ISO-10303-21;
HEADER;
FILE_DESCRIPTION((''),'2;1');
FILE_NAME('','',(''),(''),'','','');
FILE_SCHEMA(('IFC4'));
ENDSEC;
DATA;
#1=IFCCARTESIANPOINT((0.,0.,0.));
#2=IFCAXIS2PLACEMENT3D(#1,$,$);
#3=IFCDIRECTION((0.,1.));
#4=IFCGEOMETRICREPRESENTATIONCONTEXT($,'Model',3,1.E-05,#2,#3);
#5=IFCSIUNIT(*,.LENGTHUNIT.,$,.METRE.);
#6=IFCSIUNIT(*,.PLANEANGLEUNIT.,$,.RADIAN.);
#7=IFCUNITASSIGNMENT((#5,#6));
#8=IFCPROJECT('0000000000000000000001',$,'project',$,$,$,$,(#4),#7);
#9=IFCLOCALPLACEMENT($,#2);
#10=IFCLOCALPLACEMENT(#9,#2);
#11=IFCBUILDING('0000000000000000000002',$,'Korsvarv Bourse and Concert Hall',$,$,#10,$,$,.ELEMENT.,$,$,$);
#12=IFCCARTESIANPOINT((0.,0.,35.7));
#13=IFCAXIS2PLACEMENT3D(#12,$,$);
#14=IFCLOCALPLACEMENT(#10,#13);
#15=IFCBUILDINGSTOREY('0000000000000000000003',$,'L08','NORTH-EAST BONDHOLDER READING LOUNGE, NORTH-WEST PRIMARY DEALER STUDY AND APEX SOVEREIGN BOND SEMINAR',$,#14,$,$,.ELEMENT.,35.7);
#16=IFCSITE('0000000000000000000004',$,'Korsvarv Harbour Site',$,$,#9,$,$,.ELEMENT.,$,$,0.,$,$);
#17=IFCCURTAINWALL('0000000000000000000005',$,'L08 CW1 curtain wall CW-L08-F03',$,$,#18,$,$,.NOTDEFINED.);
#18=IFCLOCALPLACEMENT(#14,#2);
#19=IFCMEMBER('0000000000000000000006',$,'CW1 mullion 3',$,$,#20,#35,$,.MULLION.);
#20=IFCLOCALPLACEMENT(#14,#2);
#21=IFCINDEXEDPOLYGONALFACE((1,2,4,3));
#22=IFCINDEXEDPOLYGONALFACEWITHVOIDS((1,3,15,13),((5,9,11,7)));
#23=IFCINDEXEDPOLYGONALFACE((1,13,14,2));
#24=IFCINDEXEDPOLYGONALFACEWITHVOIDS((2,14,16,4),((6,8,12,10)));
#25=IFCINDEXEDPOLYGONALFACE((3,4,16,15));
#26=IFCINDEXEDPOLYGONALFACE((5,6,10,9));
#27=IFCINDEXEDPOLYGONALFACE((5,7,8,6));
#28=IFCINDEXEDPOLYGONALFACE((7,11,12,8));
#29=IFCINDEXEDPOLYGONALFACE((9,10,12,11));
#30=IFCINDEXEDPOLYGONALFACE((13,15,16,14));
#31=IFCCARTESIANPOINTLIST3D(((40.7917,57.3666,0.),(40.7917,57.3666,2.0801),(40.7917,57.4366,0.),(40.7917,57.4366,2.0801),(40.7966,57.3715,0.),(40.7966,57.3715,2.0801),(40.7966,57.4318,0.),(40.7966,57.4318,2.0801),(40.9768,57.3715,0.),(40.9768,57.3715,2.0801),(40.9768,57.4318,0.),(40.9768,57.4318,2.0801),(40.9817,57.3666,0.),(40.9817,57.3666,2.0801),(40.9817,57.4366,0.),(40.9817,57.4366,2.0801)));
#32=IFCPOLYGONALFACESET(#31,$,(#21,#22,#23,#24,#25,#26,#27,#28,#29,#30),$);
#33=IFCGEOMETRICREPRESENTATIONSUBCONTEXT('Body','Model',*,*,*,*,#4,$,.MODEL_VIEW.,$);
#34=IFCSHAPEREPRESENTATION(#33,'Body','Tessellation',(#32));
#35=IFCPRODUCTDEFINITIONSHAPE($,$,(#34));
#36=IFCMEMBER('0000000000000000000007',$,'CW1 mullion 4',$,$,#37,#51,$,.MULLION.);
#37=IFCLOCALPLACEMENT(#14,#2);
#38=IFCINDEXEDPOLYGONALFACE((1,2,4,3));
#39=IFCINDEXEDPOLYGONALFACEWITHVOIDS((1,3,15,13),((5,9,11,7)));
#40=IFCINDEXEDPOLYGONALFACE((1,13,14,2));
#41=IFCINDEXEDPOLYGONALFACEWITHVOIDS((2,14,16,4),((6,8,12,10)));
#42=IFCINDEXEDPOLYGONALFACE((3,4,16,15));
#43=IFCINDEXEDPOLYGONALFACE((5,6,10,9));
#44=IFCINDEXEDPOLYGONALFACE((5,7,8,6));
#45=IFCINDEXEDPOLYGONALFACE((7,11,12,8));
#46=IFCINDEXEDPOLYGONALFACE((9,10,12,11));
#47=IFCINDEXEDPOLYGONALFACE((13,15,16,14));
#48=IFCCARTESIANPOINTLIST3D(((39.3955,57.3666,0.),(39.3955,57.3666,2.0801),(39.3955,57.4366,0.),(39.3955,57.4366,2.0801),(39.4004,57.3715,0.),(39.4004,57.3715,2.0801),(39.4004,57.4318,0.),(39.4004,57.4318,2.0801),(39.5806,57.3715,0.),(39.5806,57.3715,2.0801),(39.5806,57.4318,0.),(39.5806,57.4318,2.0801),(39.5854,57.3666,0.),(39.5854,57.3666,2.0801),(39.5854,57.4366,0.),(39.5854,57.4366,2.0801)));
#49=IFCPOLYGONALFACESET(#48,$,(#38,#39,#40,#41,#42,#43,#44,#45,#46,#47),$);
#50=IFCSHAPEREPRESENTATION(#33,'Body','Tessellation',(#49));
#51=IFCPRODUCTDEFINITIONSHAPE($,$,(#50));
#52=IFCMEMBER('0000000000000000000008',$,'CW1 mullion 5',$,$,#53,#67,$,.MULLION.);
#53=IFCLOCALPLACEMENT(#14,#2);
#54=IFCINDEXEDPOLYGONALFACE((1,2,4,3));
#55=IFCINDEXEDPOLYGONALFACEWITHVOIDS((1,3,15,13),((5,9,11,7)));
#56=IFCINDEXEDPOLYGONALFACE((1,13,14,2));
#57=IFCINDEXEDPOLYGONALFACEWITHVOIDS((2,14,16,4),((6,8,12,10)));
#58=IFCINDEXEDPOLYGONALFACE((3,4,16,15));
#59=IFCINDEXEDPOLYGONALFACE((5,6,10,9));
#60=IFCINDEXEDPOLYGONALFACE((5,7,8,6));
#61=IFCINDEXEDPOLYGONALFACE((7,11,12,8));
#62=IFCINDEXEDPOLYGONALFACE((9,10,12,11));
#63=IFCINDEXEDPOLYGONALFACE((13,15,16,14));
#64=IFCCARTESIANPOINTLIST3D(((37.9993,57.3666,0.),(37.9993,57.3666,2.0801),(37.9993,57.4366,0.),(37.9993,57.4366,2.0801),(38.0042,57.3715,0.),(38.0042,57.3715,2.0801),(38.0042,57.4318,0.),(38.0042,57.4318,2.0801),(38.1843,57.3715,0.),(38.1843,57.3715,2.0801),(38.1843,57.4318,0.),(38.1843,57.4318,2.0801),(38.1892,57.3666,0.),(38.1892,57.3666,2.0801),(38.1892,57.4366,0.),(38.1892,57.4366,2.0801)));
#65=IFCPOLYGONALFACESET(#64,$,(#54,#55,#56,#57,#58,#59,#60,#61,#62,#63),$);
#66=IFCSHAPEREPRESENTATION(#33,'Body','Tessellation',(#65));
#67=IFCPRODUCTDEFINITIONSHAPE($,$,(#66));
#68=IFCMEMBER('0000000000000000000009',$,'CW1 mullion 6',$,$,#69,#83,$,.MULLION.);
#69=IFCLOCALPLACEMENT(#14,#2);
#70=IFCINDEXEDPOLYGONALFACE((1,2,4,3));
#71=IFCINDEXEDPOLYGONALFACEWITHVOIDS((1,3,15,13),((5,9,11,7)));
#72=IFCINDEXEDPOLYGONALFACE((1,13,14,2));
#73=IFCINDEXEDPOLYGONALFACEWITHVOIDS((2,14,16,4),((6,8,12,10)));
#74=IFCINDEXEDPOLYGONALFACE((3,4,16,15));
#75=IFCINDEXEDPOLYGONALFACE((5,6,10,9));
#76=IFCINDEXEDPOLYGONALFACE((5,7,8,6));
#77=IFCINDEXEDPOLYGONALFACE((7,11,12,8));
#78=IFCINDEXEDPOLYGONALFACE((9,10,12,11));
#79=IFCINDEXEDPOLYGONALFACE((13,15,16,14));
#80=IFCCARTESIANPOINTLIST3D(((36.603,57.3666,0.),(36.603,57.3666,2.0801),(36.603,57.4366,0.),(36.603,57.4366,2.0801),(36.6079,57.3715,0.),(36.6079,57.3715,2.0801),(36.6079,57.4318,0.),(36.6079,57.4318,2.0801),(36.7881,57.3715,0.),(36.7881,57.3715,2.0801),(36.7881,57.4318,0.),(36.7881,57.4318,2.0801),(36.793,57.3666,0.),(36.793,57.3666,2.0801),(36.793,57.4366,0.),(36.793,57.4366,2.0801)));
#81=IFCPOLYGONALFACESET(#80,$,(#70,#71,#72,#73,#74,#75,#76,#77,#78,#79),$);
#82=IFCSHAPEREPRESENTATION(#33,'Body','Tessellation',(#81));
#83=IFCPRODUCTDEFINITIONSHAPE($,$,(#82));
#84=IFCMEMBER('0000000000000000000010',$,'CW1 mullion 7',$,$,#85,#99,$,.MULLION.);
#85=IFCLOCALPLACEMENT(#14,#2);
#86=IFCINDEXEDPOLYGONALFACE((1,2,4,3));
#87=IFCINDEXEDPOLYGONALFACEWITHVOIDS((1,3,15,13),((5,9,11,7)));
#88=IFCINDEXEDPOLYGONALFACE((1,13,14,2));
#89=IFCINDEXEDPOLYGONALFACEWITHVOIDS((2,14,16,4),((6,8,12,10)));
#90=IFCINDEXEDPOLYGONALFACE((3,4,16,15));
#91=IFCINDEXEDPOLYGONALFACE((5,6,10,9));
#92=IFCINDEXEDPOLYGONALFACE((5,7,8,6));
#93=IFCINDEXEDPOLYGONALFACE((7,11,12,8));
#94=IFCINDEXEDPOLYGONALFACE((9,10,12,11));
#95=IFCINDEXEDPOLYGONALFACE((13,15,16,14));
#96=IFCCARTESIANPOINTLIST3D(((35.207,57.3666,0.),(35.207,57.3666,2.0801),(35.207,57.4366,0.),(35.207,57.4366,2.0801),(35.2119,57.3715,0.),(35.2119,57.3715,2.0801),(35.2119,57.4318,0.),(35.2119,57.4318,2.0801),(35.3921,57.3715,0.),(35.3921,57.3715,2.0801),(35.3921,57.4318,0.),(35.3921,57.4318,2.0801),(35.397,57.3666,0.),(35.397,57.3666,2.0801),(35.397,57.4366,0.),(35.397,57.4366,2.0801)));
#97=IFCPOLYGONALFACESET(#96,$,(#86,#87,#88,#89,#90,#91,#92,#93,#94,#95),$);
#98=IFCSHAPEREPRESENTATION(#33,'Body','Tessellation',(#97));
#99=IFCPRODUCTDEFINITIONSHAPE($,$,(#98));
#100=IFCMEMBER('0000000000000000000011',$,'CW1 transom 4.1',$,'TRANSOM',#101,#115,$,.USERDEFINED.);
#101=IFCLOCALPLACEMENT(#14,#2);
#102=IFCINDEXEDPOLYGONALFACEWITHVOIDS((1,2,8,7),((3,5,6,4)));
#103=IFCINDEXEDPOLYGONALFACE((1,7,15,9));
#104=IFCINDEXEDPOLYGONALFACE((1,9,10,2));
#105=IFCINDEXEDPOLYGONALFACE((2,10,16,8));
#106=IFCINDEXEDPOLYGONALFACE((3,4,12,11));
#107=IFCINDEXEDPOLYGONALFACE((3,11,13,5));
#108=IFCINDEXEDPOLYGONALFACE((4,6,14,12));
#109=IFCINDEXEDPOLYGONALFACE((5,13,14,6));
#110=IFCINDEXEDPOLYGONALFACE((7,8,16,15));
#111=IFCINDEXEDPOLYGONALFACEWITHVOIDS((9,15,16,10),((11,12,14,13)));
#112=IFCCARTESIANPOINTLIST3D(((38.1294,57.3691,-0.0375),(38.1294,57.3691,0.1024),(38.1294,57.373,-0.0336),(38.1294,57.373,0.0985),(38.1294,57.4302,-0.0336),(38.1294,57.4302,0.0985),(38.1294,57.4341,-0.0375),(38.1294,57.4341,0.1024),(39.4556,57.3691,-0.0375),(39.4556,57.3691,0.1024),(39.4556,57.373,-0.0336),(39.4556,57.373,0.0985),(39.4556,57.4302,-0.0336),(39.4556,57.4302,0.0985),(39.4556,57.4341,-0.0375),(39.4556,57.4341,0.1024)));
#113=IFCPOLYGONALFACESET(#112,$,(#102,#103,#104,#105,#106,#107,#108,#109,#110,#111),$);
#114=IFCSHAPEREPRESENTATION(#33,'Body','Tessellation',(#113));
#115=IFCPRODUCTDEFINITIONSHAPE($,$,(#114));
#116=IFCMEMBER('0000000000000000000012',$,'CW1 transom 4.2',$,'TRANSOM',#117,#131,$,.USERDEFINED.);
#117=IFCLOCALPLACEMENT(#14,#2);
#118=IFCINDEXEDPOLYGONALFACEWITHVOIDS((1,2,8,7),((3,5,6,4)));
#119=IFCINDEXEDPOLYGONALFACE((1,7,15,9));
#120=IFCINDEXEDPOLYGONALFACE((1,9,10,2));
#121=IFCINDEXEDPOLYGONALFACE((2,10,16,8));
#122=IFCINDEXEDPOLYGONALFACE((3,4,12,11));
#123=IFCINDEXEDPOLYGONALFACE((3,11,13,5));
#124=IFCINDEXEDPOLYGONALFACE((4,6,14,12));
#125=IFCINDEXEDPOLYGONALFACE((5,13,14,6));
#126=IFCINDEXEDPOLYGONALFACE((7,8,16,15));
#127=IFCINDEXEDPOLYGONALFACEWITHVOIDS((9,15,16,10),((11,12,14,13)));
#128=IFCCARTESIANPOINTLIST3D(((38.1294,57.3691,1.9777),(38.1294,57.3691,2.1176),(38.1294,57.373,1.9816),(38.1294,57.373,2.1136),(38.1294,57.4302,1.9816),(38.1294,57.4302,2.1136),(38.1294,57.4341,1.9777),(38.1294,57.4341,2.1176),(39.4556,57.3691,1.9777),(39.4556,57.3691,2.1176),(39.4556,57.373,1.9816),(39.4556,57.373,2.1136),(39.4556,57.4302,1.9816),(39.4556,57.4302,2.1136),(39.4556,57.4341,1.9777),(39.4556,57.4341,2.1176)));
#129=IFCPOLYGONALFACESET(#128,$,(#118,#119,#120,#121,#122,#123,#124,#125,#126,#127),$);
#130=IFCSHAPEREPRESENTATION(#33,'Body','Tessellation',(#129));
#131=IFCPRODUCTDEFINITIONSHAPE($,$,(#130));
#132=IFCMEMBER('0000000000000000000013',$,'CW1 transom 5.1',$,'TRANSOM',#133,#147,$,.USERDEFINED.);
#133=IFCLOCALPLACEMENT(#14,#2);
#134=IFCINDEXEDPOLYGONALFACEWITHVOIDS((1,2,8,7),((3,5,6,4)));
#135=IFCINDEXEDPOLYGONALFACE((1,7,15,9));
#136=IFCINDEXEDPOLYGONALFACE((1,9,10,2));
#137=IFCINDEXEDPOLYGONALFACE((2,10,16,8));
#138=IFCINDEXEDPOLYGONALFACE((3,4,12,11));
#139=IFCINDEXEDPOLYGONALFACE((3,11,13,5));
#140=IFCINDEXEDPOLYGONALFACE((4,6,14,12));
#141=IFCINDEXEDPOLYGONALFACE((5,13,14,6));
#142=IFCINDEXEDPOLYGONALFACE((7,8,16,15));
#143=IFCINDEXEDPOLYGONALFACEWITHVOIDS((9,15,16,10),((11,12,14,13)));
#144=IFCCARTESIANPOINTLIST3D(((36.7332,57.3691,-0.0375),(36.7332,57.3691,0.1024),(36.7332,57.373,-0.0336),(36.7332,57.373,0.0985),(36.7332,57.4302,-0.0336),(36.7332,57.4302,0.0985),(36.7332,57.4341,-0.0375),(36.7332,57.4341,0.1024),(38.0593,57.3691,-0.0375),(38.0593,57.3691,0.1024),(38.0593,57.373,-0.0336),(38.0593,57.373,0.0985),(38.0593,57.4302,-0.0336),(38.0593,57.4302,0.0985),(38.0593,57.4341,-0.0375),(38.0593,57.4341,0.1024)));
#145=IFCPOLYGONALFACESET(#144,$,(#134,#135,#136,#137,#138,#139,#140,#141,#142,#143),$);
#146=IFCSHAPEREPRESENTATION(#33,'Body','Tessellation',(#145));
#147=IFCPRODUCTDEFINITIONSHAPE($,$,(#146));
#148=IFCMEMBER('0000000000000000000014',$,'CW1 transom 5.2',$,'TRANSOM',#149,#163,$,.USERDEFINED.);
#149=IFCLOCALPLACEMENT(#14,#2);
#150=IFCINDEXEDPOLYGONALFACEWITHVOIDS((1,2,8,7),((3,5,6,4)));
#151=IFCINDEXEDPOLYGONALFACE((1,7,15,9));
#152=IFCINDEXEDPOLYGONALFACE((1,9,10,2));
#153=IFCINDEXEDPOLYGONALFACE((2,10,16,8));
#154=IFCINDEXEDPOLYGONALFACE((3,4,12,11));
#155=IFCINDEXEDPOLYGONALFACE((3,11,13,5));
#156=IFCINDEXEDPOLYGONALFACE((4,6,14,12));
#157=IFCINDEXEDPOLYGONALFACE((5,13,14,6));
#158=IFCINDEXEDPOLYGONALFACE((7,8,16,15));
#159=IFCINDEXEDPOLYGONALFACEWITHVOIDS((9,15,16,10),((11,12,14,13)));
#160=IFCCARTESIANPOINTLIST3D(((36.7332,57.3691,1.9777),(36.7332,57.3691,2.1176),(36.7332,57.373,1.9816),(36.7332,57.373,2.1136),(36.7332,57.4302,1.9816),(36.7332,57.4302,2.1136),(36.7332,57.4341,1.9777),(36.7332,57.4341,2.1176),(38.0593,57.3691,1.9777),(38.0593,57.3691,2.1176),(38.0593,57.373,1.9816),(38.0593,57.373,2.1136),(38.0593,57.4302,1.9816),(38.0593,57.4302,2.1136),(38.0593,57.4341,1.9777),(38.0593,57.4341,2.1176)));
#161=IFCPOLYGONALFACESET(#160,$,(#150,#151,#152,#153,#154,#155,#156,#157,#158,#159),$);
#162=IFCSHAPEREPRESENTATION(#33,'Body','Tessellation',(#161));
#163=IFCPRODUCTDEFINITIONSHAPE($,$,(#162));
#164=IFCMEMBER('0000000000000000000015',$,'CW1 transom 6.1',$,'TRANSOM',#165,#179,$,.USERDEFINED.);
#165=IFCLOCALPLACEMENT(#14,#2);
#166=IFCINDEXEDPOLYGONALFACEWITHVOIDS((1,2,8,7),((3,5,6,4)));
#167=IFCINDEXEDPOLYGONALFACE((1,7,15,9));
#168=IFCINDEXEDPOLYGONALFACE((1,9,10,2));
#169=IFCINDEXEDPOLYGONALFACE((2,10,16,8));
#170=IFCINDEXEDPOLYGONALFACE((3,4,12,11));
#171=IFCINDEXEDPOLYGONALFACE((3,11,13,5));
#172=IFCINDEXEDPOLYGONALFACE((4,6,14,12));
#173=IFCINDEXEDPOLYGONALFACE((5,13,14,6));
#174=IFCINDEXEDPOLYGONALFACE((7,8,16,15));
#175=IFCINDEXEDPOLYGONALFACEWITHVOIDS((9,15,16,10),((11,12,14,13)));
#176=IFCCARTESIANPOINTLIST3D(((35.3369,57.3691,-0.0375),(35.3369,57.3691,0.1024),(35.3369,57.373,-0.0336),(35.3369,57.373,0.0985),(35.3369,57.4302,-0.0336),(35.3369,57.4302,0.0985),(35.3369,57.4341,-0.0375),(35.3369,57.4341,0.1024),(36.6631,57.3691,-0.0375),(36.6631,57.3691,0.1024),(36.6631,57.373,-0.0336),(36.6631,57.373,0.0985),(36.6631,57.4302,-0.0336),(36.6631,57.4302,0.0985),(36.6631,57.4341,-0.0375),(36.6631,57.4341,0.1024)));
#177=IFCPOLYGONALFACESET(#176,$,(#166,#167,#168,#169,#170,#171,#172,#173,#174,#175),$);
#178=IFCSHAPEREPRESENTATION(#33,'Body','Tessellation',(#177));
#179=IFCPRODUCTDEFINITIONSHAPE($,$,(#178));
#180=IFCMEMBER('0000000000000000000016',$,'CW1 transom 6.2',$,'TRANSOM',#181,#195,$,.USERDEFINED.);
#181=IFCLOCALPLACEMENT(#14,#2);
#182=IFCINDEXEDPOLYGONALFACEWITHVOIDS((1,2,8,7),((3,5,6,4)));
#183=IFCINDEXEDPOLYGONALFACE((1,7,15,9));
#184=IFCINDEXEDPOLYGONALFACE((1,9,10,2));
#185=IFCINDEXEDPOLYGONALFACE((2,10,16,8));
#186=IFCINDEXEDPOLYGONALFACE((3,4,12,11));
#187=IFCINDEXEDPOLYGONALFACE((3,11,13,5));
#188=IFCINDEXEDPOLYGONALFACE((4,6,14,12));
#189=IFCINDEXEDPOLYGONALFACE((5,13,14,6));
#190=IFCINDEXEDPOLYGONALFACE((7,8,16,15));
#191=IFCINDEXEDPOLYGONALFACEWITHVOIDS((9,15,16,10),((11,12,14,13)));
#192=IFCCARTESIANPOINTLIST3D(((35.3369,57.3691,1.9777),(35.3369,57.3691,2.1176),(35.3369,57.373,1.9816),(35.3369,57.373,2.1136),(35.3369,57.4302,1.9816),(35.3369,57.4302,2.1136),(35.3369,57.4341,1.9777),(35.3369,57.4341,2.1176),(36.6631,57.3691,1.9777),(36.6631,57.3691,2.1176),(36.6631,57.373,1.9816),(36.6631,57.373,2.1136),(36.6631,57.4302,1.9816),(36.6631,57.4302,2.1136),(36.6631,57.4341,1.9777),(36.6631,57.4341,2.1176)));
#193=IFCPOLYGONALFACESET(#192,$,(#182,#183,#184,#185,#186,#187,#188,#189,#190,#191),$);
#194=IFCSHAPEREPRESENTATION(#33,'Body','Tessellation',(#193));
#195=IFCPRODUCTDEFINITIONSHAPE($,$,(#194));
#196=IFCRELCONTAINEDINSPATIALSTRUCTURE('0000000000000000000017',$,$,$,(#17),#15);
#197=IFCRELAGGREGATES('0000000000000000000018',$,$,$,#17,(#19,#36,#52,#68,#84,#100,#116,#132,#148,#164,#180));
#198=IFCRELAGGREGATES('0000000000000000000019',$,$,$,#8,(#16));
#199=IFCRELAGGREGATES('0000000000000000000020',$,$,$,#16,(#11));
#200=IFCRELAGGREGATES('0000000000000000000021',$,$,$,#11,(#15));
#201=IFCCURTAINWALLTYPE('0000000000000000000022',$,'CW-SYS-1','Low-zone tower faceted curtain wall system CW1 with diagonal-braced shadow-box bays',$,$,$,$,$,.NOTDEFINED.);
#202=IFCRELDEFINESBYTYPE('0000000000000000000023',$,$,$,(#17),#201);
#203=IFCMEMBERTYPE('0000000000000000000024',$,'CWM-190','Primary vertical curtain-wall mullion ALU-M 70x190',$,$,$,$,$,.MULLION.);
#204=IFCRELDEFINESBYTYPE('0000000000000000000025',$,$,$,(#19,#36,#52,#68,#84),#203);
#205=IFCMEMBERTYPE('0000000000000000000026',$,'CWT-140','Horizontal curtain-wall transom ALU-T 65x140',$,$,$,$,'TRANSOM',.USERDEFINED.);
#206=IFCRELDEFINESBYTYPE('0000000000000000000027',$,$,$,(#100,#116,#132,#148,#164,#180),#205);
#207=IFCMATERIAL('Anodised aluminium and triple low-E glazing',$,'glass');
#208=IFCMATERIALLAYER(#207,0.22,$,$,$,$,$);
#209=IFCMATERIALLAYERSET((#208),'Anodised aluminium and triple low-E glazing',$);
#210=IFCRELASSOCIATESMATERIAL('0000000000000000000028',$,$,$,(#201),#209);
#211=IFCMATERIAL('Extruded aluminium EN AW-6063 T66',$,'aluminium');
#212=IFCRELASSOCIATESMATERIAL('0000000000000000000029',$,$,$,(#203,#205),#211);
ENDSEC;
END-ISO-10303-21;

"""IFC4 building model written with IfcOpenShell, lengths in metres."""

from ifc_helpers import new_model, si_unit, direction, frame, origin, origin_2d, place, context, subcontext, project, spatial, hollow_rectangle, extrude, source, transform, mapped, material, layer, layer_set, material_profile, profile_set, type_object, element, aggregate, save


model = new_model("IFC4")

# Units and contexts
model_context = context("Model", 3, precision=1e-05, world=origin(), true_north=direction((0.0, 1.0)))
body_context = subcontext(model_context, "Body", "Model", "MODEL_VIEW")
ifc_project = project(units=[si_unit("LENGTHUNIT", "METRE"), si_unit("PLANEANGLEUNIT", "RADIAN")], contexts=[model_context])

# Site, building, storey
site_placement = place(None, origin())
site = spatial("IfcSite", under=ifc_project, at=site_placement, Name="Korsvarv Harbour Site", CompositionType="ELEMENT", RefElevation=0.0)
building_placement = place(site_placement, origin())
building = spatial("IfcBuilding", under=site, at=building_placement, Name="Korsvarv Bourse and Concert Hall", CompositionType="ELEMENT")
storey_placement = place(building_placement, frame((0.0, 0.0, 35.7)))
storey = spatial("IfcBuildingStorey", under=building, at=storey_placement, Name="L08", Description="NORTH-EAST BONDHOLDER READING LOUNGE, NORTH-WEST PRIMARY DEALER STUDY AND APEX SOVEREIGN BOND SEMINAR", CompositionType="ELEMENT", Elevation=35.7)

# Curtain wall, members
ifc_material_1 = material(Name="Anodised aluminium and triple low-E glazing", Category="glass")
ifc_layer_1 = layer(ifc_material_1, 0.22)
ifc_layer_set_1 = layer_set([ifc_layer_1], Name="Anodised aluminium and triple low-E glazing")
curtain_wall_type = type_object("IfcCurtainWallType", Name="CW-SYS-1", Description="Low-zone tower faceted curtain wall system CW1 with diagonal-braced shadow-box bays", PredefinedType="NOTDEFINED", material=ifc_layer_set_1)
curtain_wall_placement = place(storey_placement, origin())
curtain_wall = element("IfcCurtainWall", 1, at=curtain_wall_placement, inside=storey, type_object=curtain_wall_type, Name="L08 CW1 curtain wall CW-L08-F03", PredefinedType="NOTDEFINED")
ifc_material_2 = material(Name="Extruded aluminium EN AW-6063 T66", Category="aluminium")
ifc_material_profile_1 = material_profile(ifc_material_2, hollow_rectangle(XDim=0.0701, YDim=0.1899, WallThickness=0.0049, at=origin_2d()), Name="ALU-M 70x190")
ifc_profile_set_1 = profile_set([ifc_material_profile_1], Name="Extruded aluminium EN AW-6063 T66")
member_type_1 = type_object("IfcMemberType", Name="CWM-190", Description="Primary vertical curtain-wall mullion ALU-M 70x190", PredefinedType="MULLION", material=ifc_profile_set_1)
shared_shape_1 = source(origin(), body_context, "Body", "SweptSolid", [
    extrude(hollow_rectangle(XDim=0.0701, YDim=0.1899, WallThickness=0.0049, at=origin_2d()), origin(), (0.0, 0.0, 1.0), 2.0801),
])
member_1_placement = place(storey_placement, frame((40.8867, 57.4016, 0.0), z_axis=(0.0, 0.0, 1.0), x_axis=(0.0, -1.0, 0.0)))
member_1 = element("IfcMember", 2, at=member_1_placement, type_object=member_type_1, Name="CW1 mullion 3", PredefinedType="MULLION", context=body_context, shape_type="MappedRepresentation", body=[
    mapped(shared_shape_1, transform((0.0, 0.0, 0.0), scale=1.0)),
])
member_2_placement = place(storey_placement, frame((39.4905, 57.4016, 0.0), z_axis=(0.0, 0.0, 1.0), x_axis=(0.0, -1.0, 0.0)))
member_2 = element("IfcMember", 3, at=member_2_placement, type_object=member_type_1, Name="CW1 mullion 4", PredefinedType="MULLION", context=body_context, shape_type="MappedRepresentation", body=[
    mapped(shared_shape_1, transform((0.0, 0.0, 0.0), scale=1.0)),
])
member_3_placement = place(storey_placement, frame((38.0942, 57.4016, 0.0), z_axis=(0.0, 0.0, 1.0), x_axis=(0.0, -1.0, 0.0)))
member_3 = element("IfcMember", 4, at=member_3_placement, type_object=member_type_1, Name="CW1 mullion 5", PredefinedType="MULLION", context=body_context, shape_type="MappedRepresentation", body=[
    mapped(shared_shape_1, transform((0.0, 0.0, 0.0), scale=1.0)),
])
member_4_placement = place(storey_placement, frame((36.698, 57.4016, 0.0), z_axis=(0.0, 0.0, 1.0), x_axis=(0.0, -1.0, 0.0)))
member_4 = element("IfcMember", 5, at=member_4_placement, type_object=member_type_1, Name="CW1 mullion 6", PredefinedType="MULLION", context=body_context, shape_type="MappedRepresentation", body=[
    mapped(shared_shape_1, transform((0.0, 0.0, 0.0), scale=1.0)),
])
member_5_placement = place(storey_placement, frame((35.302, 57.4016, 0.0), z_axis=(0.0, 0.0, 1.0), x_axis=(0.0, -1.0, 0.0)))
member_5 = element("IfcMember", 6, at=member_5_placement, type_object=member_type_1, Name="CW1 mullion 7", PredefinedType="MULLION", context=body_context, shape_type="MappedRepresentation", body=[
    mapped(shared_shape_1, transform((0.0, 0.0, 0.0), scale=1.0)),
])
ifc_material_profile_2 = material_profile(ifc_material_2, hollow_rectangle(XDim=0.0649, YDim=0.1399, WallThickness=0.0039, at=origin_2d()), Name="ALU-T 65x140")
ifc_profile_set_2 = profile_set([ifc_material_profile_2], Name="Extruded aluminium EN AW-6063 T66")
member_type_2 = type_object("IfcMemberType", Name="CWT-140", Description="Horizontal curtain-wall transom ALU-T 65x140", ElementType="TRANSOM", PredefinedType="USERDEFINED", material=ifc_profile_set_2)
shared_shape_2 = source(origin(), body_context, "Body", "SweptSolid", [
    extrude(hollow_rectangle(XDim=0.0649, YDim=0.1399, WallThickness=0.0039, at=origin_2d()), origin(), (0.0, 0.0, 1.0), 1.3262),
])
member_6_placement = place(storey_placement, frame((39.4556, 57.4016, 0.0325), z_axis=(-1.0, 0.0, 0.0), x_axis=(0.0, -1.0, 0.0)))
member_6 = element("IfcMember", 7, at=member_6_placement, type_object=member_type_2, Name="CW1 transom 4.1", ObjectType="TRANSOM", PredefinedType="USERDEFINED", context=body_context, shape_type="MappedRepresentation", body=[
    mapped(shared_shape_2, transform((0.0, 0.0, 0.0), scale=1.0)),
])
member_7_placement = place(storey_placement, frame((39.4556, 57.4016, 2.0476), z_axis=(-1.0, 0.0, 0.0), x_axis=(0.0, -1.0, 0.0)))
member_7 = element("IfcMember", 8, at=member_7_placement, type_object=member_type_2, Name="CW1 transom 4.2", ObjectType="TRANSOM", PredefinedType="USERDEFINED", context=body_context, shape_type="MappedRepresentation", body=[
    mapped(shared_shape_2, transform((0.0, 0.0, 0.0), scale=1.0)),
])
member_8_placement = place(storey_placement, frame((38.0593, 57.4016, 0.0325), z_axis=(-1.0, 0.0, 0.0), x_axis=(0.0, -1.0, 0.0)))
member_8 = element("IfcMember", 9, at=member_8_placement, type_object=member_type_2, Name="CW1 transom 5.1", ObjectType="TRANSOM", PredefinedType="USERDEFINED", context=body_context, shape_type="MappedRepresentation", body=[
    mapped(shared_shape_2, transform((0.0, 0.0, 0.0), scale=1.0)),
])
member_9_placement = place(storey_placement, frame((38.0593, 57.4016, 2.0476), z_axis=(-1.0, 0.0, 0.0), x_axis=(0.0, -1.0, 0.0)))
member_9 = element("IfcMember", 10, at=member_9_placement, type_object=member_type_2, Name="CW1 transom 5.2", ObjectType="TRANSOM", PredefinedType="USERDEFINED", context=body_context, shape_type="MappedRepresentation", body=[
    mapped(shared_shape_2, transform((0.0, 0.0, 0.0), scale=1.0)),
])
member_10_placement = place(storey_placement, frame((36.6631, 57.4016, 0.0325), z_axis=(-1.0, 0.0, 0.0), x_axis=(0.0, -1.0, 0.0)))
member_10 = element("IfcMember", 11, at=member_10_placement, type_object=member_type_2, Name="CW1 transom 6.1", ObjectType="TRANSOM", PredefinedType="USERDEFINED", context=body_context, shape_type="MappedRepresentation", body=[
    mapped(shared_shape_2, transform((0.0, 0.0, 0.0), scale=1.0)),
])
member_11_placement = place(storey_placement, frame((36.6631, 57.4016, 2.0476), z_axis=(-1.0, 0.0, 0.0), x_axis=(0.0, -1.0, 0.0)))
member_11 = element("IfcMember", 12, at=member_11_placement, type_object=member_type_2, Name="CW1 transom 6.2", ObjectType="TRANSOM", PredefinedType="USERDEFINED", context=body_context, shape_type="MappedRepresentation", body=[
    mapped(shared_shape_2, transform((0.0, 0.0, 0.0), scale=1.0)),
])
aggregate(curtain_wall, [member_1, member_2, member_3, member_4, member_5, member_6, member_7, member_8, member_9, member_10, member_11])

save(model, "model.ifc")
